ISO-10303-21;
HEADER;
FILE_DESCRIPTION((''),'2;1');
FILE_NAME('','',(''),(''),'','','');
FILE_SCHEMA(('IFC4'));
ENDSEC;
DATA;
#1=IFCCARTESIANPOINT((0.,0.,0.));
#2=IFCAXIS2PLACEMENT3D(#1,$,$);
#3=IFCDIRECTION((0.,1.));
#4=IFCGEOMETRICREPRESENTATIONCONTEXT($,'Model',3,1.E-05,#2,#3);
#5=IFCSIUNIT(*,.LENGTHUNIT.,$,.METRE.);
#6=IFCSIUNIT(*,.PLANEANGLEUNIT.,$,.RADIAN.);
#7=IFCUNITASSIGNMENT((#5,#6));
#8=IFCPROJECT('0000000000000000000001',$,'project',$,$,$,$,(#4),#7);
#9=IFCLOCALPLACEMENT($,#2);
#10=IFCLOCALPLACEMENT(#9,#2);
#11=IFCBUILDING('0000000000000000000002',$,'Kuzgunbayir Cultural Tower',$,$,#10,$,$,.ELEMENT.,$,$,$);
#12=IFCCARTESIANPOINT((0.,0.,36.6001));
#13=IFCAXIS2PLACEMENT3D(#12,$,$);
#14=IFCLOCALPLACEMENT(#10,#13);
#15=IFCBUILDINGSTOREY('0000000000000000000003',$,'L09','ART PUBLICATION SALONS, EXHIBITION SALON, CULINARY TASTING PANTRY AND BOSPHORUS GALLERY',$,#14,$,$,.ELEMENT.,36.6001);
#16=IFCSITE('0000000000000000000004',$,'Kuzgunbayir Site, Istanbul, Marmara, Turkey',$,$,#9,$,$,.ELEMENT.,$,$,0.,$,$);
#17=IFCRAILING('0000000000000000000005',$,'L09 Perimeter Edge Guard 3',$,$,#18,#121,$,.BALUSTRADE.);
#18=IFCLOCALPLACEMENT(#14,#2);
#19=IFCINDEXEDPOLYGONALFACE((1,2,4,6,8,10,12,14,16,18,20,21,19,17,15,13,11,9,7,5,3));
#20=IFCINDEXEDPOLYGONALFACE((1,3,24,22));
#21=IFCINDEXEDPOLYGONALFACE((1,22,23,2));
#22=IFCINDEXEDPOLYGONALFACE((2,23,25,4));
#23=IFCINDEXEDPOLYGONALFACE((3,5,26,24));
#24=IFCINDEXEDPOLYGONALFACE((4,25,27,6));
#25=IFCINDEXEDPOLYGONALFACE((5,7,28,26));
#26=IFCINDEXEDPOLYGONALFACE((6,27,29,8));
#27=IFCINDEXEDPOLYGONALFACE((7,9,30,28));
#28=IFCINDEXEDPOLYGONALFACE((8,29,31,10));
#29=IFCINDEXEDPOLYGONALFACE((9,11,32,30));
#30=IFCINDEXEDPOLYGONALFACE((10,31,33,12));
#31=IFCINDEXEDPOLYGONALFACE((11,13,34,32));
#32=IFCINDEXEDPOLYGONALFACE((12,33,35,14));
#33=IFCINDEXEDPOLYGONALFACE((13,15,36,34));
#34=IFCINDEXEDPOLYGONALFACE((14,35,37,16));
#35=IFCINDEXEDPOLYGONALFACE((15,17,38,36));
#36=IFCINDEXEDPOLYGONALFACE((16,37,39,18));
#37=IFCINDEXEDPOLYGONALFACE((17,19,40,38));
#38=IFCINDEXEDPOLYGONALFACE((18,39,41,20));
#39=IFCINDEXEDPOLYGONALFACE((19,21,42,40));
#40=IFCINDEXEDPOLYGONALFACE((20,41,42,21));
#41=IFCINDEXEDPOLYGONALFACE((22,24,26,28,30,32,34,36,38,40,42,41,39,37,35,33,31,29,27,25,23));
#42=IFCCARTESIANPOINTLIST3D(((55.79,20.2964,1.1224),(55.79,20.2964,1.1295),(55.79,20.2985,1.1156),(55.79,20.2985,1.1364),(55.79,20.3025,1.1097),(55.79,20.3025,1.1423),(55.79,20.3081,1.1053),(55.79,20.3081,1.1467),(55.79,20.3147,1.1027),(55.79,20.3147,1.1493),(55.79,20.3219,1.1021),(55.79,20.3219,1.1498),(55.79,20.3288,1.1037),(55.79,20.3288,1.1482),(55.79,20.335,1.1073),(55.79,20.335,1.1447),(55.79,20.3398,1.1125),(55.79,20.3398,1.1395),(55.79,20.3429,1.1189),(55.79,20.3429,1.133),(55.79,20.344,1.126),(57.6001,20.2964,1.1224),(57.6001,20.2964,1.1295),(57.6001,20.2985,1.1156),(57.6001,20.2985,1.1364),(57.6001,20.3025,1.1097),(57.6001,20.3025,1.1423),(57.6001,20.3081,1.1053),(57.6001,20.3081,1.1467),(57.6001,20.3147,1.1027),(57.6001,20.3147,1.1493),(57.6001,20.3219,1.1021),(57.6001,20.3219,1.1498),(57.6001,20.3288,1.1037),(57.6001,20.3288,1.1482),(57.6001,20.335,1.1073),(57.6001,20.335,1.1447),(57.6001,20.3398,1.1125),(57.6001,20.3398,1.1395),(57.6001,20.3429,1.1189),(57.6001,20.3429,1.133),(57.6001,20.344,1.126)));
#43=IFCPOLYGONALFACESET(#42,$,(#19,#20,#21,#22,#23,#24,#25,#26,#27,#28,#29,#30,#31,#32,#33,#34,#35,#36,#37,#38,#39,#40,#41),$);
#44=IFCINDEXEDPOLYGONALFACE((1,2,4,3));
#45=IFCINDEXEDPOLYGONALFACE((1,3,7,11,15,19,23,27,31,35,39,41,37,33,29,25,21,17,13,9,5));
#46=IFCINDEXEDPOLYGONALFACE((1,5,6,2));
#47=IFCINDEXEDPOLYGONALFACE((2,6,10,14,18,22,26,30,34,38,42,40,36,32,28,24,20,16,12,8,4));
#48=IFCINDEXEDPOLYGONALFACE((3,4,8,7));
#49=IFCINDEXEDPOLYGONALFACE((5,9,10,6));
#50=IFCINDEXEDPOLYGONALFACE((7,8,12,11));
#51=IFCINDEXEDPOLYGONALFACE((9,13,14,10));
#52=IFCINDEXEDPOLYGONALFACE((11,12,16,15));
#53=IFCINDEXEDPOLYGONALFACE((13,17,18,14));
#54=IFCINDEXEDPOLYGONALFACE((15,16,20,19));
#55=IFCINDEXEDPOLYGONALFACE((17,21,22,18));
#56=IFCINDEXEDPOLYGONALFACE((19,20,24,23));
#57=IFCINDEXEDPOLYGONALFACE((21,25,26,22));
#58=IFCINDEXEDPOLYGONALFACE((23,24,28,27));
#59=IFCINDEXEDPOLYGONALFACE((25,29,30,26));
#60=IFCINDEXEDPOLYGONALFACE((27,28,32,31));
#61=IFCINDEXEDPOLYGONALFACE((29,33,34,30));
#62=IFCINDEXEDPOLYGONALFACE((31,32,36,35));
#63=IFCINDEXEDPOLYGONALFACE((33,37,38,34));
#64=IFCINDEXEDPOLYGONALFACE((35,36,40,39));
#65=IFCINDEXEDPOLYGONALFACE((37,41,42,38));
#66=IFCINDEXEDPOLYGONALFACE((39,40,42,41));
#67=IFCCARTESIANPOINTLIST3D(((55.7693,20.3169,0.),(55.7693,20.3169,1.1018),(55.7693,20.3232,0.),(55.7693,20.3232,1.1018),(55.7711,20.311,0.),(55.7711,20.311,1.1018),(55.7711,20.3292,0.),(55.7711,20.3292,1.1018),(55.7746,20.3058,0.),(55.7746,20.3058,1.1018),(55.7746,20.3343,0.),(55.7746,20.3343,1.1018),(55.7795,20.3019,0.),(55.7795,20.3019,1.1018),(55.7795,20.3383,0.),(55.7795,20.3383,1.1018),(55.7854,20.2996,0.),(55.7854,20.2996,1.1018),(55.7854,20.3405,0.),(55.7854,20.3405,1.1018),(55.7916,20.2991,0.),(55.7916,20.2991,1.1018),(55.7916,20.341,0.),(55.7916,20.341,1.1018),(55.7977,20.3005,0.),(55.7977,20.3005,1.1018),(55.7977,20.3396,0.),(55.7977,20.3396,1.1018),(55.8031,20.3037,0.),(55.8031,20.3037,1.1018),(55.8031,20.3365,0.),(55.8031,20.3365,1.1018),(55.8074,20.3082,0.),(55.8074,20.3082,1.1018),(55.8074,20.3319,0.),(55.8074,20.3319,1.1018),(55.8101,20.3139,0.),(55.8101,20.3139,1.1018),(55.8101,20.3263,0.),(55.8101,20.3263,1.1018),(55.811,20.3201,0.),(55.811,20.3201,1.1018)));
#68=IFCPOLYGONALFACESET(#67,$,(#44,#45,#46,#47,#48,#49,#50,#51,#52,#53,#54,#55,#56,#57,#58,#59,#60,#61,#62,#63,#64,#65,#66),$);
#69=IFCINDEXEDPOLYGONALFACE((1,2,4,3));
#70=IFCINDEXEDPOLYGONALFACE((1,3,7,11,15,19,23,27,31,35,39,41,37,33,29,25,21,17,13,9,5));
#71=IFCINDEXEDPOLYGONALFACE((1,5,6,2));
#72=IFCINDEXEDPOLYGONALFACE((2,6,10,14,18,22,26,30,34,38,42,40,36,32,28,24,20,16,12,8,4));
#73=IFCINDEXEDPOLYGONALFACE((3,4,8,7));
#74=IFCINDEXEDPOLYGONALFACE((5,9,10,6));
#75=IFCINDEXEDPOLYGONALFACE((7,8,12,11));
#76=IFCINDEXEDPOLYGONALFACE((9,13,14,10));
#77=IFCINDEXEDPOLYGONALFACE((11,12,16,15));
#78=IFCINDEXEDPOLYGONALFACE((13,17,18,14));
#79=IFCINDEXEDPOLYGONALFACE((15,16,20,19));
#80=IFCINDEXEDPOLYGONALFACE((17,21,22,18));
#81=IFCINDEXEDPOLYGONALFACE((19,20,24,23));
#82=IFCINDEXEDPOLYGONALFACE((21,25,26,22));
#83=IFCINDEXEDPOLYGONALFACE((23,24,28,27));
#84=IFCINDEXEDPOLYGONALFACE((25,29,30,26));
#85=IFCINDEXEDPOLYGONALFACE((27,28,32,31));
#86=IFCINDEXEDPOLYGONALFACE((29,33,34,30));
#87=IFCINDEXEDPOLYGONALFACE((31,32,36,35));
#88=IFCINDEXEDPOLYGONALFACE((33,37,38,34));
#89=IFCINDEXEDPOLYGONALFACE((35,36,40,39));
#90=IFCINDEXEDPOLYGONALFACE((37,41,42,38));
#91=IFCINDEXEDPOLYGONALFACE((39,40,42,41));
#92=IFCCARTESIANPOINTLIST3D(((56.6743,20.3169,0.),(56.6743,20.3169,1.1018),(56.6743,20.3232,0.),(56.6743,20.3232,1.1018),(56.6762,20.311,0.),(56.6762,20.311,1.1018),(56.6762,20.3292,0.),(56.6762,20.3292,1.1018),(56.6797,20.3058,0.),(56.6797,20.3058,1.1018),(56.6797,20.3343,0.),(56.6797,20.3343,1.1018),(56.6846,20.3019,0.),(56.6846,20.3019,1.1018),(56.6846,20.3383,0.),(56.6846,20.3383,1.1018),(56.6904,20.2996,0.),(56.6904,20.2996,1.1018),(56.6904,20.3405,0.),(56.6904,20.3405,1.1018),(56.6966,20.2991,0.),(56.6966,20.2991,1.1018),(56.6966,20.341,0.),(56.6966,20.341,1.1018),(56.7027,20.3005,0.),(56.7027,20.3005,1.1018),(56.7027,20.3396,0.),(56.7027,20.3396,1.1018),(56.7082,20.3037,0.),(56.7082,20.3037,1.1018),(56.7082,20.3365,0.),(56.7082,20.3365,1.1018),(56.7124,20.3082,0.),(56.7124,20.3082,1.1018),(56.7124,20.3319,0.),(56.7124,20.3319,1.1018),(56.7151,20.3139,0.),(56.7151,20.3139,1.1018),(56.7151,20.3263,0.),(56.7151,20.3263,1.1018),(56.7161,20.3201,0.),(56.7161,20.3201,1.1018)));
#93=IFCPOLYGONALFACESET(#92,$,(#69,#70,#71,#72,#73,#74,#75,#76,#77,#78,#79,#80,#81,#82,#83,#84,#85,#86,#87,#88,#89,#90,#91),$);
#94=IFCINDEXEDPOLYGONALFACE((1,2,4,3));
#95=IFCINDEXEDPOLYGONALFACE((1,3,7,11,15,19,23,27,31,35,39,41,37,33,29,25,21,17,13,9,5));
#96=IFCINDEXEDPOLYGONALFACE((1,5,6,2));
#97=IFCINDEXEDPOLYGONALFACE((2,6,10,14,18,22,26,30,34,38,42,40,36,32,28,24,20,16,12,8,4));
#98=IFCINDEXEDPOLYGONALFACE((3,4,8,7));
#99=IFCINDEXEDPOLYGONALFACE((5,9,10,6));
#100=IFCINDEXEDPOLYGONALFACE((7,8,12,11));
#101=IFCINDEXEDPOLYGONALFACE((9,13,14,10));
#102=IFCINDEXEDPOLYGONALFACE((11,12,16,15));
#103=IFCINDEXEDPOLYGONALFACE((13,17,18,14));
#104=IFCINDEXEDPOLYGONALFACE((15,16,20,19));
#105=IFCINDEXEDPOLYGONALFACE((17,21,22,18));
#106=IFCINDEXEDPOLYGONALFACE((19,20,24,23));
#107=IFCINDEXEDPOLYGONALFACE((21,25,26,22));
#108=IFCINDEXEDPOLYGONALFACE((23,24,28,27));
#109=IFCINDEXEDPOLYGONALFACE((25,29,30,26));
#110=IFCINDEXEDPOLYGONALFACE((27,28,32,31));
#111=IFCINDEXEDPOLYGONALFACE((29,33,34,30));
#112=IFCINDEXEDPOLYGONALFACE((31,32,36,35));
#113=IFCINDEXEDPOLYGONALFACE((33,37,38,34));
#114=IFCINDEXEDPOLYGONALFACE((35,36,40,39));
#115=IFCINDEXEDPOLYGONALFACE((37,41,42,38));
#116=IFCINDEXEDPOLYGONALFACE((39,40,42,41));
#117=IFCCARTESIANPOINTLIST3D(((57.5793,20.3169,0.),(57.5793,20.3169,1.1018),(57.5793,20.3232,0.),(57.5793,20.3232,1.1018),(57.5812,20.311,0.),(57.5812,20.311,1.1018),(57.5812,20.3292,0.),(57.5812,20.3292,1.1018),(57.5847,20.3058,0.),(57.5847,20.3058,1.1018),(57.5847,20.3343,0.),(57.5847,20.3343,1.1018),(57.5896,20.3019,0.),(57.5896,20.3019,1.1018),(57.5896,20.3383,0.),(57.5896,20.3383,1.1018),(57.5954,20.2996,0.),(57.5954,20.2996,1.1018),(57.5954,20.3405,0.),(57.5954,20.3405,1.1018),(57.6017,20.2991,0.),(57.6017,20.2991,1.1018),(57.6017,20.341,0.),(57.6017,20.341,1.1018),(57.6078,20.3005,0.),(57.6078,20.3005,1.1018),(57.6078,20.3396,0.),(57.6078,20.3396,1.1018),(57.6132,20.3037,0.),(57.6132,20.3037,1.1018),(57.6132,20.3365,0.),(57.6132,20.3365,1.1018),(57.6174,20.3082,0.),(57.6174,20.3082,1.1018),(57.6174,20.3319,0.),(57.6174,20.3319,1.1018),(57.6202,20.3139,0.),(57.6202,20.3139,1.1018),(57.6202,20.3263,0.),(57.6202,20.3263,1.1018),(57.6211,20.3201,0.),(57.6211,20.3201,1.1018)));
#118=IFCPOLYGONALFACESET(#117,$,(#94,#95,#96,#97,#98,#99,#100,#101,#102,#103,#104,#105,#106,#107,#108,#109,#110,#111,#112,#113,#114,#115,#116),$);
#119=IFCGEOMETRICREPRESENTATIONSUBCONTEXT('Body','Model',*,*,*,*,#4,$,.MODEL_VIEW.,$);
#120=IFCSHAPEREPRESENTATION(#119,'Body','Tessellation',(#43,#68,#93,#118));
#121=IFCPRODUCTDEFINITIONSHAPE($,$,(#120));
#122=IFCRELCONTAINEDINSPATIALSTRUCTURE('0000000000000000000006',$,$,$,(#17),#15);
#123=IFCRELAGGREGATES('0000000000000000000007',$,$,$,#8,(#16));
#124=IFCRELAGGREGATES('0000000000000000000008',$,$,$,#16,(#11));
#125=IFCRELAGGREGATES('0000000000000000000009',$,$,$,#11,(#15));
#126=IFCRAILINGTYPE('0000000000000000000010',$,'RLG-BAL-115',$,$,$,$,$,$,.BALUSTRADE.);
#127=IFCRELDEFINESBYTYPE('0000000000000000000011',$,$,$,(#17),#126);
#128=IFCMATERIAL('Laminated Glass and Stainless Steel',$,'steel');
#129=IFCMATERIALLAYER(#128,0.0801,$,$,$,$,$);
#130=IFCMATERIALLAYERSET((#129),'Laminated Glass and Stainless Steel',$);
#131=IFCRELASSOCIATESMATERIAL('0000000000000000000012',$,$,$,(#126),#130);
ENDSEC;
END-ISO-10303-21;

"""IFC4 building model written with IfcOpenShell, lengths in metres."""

from ifc_helpers import new_model, si_unit, direction, frame, origin, origin_2d, place, context, subcontext, project, spatial, circle, extrude, material, layer, layer_set, type_object, element, save


model = new_model("IFC4")

# Units and contexts
model_context = context("Model", 3, precision=1e-05, world=origin(), true_north=direction((0.0, 1.0)))
body_context = subcontext(model_context, "Body", "Model", "MODEL_VIEW")
ifc_project = project(units=[si_unit("LENGTHUNIT", "METRE"), si_unit("PLANEANGLEUNIT", "RADIAN")], contexts=[model_context])

# Site, building, storey
site_placement = place(None, origin())
site = spatial("IfcSite", under=ifc_project, at=site_placement, Name="Kuzgunbayir Site, Istanbul, Marmara, Turkey", CompositionType="ELEMENT", RefElevation=0.0)
building_placement = place(site_placement, origin())
building = spatial("IfcBuilding", under=site, at=building_placement, Name="Kuzgunbayir Cultural Tower", CompositionType="ELEMENT")
storey_placement = place(building_placement, frame((0.0, 0.0, 36.6001)))
storey = spatial("IfcBuildingStorey", under=building, at=storey_placement, Name="L09", Description="ART PUBLICATION SALONS, EXHIBITION SALON, CULINARY TASTING PANTRY AND BOSPHORUS GALLERY", CompositionType="ELEMENT", Elevation=36.6001)

# Railing
ifc_material_1 = material(Name="Laminated Glass and Stainless Steel", Category="steel")
ifc_layer_1 = layer(ifc_material_1, 0.0801)
ifc_layer_set_1 = layer_set([ifc_layer_1], Name="Laminated Glass and Stainless Steel")
railing_type = type_object("IfcRailingType", Name="RLG-BAL-115", PredefinedType="BALUSTRADE", material=ifc_layer_set_1)
railing_placement = place(storey_placement, frame((55.79, 20.3201, 0.0)))
element("IfcRailing", 1, at=railing_placement, inside=storey, type_object=railing_type, Name="L09 Perimeter Edge Guard 3", PredefinedType="BALUSTRADE", context=body_context, shape_type="SweptSolid", body=[
    extrude(circle(Radius=0.0239, at=origin_2d()), frame((0.0, 0.0, 1.126), z_axis=(1.0, 0.0, 0.0), x_axis=(0.0, 1.0, 0.0)), (0.0, 0.0, 1.0), 1.8101),
    extrude(circle(Radius=0.021, at=origin_2d()), origin(), (0.0, 0.0, 1.0), 1.1018),
    extrude(circle(Radius=0.021, at=origin_2d()), frame((0.905, 0.0, 0.0)), (0.0, 0.0, 1.0), 1.1018),
    extrude(circle(Radius=0.021, at=origin_2d()), frame((1.8101, 0.0, 0.0)), (0.0, 0.0, 1.0), 1.1018),
])

save(model, "model.ifc")
